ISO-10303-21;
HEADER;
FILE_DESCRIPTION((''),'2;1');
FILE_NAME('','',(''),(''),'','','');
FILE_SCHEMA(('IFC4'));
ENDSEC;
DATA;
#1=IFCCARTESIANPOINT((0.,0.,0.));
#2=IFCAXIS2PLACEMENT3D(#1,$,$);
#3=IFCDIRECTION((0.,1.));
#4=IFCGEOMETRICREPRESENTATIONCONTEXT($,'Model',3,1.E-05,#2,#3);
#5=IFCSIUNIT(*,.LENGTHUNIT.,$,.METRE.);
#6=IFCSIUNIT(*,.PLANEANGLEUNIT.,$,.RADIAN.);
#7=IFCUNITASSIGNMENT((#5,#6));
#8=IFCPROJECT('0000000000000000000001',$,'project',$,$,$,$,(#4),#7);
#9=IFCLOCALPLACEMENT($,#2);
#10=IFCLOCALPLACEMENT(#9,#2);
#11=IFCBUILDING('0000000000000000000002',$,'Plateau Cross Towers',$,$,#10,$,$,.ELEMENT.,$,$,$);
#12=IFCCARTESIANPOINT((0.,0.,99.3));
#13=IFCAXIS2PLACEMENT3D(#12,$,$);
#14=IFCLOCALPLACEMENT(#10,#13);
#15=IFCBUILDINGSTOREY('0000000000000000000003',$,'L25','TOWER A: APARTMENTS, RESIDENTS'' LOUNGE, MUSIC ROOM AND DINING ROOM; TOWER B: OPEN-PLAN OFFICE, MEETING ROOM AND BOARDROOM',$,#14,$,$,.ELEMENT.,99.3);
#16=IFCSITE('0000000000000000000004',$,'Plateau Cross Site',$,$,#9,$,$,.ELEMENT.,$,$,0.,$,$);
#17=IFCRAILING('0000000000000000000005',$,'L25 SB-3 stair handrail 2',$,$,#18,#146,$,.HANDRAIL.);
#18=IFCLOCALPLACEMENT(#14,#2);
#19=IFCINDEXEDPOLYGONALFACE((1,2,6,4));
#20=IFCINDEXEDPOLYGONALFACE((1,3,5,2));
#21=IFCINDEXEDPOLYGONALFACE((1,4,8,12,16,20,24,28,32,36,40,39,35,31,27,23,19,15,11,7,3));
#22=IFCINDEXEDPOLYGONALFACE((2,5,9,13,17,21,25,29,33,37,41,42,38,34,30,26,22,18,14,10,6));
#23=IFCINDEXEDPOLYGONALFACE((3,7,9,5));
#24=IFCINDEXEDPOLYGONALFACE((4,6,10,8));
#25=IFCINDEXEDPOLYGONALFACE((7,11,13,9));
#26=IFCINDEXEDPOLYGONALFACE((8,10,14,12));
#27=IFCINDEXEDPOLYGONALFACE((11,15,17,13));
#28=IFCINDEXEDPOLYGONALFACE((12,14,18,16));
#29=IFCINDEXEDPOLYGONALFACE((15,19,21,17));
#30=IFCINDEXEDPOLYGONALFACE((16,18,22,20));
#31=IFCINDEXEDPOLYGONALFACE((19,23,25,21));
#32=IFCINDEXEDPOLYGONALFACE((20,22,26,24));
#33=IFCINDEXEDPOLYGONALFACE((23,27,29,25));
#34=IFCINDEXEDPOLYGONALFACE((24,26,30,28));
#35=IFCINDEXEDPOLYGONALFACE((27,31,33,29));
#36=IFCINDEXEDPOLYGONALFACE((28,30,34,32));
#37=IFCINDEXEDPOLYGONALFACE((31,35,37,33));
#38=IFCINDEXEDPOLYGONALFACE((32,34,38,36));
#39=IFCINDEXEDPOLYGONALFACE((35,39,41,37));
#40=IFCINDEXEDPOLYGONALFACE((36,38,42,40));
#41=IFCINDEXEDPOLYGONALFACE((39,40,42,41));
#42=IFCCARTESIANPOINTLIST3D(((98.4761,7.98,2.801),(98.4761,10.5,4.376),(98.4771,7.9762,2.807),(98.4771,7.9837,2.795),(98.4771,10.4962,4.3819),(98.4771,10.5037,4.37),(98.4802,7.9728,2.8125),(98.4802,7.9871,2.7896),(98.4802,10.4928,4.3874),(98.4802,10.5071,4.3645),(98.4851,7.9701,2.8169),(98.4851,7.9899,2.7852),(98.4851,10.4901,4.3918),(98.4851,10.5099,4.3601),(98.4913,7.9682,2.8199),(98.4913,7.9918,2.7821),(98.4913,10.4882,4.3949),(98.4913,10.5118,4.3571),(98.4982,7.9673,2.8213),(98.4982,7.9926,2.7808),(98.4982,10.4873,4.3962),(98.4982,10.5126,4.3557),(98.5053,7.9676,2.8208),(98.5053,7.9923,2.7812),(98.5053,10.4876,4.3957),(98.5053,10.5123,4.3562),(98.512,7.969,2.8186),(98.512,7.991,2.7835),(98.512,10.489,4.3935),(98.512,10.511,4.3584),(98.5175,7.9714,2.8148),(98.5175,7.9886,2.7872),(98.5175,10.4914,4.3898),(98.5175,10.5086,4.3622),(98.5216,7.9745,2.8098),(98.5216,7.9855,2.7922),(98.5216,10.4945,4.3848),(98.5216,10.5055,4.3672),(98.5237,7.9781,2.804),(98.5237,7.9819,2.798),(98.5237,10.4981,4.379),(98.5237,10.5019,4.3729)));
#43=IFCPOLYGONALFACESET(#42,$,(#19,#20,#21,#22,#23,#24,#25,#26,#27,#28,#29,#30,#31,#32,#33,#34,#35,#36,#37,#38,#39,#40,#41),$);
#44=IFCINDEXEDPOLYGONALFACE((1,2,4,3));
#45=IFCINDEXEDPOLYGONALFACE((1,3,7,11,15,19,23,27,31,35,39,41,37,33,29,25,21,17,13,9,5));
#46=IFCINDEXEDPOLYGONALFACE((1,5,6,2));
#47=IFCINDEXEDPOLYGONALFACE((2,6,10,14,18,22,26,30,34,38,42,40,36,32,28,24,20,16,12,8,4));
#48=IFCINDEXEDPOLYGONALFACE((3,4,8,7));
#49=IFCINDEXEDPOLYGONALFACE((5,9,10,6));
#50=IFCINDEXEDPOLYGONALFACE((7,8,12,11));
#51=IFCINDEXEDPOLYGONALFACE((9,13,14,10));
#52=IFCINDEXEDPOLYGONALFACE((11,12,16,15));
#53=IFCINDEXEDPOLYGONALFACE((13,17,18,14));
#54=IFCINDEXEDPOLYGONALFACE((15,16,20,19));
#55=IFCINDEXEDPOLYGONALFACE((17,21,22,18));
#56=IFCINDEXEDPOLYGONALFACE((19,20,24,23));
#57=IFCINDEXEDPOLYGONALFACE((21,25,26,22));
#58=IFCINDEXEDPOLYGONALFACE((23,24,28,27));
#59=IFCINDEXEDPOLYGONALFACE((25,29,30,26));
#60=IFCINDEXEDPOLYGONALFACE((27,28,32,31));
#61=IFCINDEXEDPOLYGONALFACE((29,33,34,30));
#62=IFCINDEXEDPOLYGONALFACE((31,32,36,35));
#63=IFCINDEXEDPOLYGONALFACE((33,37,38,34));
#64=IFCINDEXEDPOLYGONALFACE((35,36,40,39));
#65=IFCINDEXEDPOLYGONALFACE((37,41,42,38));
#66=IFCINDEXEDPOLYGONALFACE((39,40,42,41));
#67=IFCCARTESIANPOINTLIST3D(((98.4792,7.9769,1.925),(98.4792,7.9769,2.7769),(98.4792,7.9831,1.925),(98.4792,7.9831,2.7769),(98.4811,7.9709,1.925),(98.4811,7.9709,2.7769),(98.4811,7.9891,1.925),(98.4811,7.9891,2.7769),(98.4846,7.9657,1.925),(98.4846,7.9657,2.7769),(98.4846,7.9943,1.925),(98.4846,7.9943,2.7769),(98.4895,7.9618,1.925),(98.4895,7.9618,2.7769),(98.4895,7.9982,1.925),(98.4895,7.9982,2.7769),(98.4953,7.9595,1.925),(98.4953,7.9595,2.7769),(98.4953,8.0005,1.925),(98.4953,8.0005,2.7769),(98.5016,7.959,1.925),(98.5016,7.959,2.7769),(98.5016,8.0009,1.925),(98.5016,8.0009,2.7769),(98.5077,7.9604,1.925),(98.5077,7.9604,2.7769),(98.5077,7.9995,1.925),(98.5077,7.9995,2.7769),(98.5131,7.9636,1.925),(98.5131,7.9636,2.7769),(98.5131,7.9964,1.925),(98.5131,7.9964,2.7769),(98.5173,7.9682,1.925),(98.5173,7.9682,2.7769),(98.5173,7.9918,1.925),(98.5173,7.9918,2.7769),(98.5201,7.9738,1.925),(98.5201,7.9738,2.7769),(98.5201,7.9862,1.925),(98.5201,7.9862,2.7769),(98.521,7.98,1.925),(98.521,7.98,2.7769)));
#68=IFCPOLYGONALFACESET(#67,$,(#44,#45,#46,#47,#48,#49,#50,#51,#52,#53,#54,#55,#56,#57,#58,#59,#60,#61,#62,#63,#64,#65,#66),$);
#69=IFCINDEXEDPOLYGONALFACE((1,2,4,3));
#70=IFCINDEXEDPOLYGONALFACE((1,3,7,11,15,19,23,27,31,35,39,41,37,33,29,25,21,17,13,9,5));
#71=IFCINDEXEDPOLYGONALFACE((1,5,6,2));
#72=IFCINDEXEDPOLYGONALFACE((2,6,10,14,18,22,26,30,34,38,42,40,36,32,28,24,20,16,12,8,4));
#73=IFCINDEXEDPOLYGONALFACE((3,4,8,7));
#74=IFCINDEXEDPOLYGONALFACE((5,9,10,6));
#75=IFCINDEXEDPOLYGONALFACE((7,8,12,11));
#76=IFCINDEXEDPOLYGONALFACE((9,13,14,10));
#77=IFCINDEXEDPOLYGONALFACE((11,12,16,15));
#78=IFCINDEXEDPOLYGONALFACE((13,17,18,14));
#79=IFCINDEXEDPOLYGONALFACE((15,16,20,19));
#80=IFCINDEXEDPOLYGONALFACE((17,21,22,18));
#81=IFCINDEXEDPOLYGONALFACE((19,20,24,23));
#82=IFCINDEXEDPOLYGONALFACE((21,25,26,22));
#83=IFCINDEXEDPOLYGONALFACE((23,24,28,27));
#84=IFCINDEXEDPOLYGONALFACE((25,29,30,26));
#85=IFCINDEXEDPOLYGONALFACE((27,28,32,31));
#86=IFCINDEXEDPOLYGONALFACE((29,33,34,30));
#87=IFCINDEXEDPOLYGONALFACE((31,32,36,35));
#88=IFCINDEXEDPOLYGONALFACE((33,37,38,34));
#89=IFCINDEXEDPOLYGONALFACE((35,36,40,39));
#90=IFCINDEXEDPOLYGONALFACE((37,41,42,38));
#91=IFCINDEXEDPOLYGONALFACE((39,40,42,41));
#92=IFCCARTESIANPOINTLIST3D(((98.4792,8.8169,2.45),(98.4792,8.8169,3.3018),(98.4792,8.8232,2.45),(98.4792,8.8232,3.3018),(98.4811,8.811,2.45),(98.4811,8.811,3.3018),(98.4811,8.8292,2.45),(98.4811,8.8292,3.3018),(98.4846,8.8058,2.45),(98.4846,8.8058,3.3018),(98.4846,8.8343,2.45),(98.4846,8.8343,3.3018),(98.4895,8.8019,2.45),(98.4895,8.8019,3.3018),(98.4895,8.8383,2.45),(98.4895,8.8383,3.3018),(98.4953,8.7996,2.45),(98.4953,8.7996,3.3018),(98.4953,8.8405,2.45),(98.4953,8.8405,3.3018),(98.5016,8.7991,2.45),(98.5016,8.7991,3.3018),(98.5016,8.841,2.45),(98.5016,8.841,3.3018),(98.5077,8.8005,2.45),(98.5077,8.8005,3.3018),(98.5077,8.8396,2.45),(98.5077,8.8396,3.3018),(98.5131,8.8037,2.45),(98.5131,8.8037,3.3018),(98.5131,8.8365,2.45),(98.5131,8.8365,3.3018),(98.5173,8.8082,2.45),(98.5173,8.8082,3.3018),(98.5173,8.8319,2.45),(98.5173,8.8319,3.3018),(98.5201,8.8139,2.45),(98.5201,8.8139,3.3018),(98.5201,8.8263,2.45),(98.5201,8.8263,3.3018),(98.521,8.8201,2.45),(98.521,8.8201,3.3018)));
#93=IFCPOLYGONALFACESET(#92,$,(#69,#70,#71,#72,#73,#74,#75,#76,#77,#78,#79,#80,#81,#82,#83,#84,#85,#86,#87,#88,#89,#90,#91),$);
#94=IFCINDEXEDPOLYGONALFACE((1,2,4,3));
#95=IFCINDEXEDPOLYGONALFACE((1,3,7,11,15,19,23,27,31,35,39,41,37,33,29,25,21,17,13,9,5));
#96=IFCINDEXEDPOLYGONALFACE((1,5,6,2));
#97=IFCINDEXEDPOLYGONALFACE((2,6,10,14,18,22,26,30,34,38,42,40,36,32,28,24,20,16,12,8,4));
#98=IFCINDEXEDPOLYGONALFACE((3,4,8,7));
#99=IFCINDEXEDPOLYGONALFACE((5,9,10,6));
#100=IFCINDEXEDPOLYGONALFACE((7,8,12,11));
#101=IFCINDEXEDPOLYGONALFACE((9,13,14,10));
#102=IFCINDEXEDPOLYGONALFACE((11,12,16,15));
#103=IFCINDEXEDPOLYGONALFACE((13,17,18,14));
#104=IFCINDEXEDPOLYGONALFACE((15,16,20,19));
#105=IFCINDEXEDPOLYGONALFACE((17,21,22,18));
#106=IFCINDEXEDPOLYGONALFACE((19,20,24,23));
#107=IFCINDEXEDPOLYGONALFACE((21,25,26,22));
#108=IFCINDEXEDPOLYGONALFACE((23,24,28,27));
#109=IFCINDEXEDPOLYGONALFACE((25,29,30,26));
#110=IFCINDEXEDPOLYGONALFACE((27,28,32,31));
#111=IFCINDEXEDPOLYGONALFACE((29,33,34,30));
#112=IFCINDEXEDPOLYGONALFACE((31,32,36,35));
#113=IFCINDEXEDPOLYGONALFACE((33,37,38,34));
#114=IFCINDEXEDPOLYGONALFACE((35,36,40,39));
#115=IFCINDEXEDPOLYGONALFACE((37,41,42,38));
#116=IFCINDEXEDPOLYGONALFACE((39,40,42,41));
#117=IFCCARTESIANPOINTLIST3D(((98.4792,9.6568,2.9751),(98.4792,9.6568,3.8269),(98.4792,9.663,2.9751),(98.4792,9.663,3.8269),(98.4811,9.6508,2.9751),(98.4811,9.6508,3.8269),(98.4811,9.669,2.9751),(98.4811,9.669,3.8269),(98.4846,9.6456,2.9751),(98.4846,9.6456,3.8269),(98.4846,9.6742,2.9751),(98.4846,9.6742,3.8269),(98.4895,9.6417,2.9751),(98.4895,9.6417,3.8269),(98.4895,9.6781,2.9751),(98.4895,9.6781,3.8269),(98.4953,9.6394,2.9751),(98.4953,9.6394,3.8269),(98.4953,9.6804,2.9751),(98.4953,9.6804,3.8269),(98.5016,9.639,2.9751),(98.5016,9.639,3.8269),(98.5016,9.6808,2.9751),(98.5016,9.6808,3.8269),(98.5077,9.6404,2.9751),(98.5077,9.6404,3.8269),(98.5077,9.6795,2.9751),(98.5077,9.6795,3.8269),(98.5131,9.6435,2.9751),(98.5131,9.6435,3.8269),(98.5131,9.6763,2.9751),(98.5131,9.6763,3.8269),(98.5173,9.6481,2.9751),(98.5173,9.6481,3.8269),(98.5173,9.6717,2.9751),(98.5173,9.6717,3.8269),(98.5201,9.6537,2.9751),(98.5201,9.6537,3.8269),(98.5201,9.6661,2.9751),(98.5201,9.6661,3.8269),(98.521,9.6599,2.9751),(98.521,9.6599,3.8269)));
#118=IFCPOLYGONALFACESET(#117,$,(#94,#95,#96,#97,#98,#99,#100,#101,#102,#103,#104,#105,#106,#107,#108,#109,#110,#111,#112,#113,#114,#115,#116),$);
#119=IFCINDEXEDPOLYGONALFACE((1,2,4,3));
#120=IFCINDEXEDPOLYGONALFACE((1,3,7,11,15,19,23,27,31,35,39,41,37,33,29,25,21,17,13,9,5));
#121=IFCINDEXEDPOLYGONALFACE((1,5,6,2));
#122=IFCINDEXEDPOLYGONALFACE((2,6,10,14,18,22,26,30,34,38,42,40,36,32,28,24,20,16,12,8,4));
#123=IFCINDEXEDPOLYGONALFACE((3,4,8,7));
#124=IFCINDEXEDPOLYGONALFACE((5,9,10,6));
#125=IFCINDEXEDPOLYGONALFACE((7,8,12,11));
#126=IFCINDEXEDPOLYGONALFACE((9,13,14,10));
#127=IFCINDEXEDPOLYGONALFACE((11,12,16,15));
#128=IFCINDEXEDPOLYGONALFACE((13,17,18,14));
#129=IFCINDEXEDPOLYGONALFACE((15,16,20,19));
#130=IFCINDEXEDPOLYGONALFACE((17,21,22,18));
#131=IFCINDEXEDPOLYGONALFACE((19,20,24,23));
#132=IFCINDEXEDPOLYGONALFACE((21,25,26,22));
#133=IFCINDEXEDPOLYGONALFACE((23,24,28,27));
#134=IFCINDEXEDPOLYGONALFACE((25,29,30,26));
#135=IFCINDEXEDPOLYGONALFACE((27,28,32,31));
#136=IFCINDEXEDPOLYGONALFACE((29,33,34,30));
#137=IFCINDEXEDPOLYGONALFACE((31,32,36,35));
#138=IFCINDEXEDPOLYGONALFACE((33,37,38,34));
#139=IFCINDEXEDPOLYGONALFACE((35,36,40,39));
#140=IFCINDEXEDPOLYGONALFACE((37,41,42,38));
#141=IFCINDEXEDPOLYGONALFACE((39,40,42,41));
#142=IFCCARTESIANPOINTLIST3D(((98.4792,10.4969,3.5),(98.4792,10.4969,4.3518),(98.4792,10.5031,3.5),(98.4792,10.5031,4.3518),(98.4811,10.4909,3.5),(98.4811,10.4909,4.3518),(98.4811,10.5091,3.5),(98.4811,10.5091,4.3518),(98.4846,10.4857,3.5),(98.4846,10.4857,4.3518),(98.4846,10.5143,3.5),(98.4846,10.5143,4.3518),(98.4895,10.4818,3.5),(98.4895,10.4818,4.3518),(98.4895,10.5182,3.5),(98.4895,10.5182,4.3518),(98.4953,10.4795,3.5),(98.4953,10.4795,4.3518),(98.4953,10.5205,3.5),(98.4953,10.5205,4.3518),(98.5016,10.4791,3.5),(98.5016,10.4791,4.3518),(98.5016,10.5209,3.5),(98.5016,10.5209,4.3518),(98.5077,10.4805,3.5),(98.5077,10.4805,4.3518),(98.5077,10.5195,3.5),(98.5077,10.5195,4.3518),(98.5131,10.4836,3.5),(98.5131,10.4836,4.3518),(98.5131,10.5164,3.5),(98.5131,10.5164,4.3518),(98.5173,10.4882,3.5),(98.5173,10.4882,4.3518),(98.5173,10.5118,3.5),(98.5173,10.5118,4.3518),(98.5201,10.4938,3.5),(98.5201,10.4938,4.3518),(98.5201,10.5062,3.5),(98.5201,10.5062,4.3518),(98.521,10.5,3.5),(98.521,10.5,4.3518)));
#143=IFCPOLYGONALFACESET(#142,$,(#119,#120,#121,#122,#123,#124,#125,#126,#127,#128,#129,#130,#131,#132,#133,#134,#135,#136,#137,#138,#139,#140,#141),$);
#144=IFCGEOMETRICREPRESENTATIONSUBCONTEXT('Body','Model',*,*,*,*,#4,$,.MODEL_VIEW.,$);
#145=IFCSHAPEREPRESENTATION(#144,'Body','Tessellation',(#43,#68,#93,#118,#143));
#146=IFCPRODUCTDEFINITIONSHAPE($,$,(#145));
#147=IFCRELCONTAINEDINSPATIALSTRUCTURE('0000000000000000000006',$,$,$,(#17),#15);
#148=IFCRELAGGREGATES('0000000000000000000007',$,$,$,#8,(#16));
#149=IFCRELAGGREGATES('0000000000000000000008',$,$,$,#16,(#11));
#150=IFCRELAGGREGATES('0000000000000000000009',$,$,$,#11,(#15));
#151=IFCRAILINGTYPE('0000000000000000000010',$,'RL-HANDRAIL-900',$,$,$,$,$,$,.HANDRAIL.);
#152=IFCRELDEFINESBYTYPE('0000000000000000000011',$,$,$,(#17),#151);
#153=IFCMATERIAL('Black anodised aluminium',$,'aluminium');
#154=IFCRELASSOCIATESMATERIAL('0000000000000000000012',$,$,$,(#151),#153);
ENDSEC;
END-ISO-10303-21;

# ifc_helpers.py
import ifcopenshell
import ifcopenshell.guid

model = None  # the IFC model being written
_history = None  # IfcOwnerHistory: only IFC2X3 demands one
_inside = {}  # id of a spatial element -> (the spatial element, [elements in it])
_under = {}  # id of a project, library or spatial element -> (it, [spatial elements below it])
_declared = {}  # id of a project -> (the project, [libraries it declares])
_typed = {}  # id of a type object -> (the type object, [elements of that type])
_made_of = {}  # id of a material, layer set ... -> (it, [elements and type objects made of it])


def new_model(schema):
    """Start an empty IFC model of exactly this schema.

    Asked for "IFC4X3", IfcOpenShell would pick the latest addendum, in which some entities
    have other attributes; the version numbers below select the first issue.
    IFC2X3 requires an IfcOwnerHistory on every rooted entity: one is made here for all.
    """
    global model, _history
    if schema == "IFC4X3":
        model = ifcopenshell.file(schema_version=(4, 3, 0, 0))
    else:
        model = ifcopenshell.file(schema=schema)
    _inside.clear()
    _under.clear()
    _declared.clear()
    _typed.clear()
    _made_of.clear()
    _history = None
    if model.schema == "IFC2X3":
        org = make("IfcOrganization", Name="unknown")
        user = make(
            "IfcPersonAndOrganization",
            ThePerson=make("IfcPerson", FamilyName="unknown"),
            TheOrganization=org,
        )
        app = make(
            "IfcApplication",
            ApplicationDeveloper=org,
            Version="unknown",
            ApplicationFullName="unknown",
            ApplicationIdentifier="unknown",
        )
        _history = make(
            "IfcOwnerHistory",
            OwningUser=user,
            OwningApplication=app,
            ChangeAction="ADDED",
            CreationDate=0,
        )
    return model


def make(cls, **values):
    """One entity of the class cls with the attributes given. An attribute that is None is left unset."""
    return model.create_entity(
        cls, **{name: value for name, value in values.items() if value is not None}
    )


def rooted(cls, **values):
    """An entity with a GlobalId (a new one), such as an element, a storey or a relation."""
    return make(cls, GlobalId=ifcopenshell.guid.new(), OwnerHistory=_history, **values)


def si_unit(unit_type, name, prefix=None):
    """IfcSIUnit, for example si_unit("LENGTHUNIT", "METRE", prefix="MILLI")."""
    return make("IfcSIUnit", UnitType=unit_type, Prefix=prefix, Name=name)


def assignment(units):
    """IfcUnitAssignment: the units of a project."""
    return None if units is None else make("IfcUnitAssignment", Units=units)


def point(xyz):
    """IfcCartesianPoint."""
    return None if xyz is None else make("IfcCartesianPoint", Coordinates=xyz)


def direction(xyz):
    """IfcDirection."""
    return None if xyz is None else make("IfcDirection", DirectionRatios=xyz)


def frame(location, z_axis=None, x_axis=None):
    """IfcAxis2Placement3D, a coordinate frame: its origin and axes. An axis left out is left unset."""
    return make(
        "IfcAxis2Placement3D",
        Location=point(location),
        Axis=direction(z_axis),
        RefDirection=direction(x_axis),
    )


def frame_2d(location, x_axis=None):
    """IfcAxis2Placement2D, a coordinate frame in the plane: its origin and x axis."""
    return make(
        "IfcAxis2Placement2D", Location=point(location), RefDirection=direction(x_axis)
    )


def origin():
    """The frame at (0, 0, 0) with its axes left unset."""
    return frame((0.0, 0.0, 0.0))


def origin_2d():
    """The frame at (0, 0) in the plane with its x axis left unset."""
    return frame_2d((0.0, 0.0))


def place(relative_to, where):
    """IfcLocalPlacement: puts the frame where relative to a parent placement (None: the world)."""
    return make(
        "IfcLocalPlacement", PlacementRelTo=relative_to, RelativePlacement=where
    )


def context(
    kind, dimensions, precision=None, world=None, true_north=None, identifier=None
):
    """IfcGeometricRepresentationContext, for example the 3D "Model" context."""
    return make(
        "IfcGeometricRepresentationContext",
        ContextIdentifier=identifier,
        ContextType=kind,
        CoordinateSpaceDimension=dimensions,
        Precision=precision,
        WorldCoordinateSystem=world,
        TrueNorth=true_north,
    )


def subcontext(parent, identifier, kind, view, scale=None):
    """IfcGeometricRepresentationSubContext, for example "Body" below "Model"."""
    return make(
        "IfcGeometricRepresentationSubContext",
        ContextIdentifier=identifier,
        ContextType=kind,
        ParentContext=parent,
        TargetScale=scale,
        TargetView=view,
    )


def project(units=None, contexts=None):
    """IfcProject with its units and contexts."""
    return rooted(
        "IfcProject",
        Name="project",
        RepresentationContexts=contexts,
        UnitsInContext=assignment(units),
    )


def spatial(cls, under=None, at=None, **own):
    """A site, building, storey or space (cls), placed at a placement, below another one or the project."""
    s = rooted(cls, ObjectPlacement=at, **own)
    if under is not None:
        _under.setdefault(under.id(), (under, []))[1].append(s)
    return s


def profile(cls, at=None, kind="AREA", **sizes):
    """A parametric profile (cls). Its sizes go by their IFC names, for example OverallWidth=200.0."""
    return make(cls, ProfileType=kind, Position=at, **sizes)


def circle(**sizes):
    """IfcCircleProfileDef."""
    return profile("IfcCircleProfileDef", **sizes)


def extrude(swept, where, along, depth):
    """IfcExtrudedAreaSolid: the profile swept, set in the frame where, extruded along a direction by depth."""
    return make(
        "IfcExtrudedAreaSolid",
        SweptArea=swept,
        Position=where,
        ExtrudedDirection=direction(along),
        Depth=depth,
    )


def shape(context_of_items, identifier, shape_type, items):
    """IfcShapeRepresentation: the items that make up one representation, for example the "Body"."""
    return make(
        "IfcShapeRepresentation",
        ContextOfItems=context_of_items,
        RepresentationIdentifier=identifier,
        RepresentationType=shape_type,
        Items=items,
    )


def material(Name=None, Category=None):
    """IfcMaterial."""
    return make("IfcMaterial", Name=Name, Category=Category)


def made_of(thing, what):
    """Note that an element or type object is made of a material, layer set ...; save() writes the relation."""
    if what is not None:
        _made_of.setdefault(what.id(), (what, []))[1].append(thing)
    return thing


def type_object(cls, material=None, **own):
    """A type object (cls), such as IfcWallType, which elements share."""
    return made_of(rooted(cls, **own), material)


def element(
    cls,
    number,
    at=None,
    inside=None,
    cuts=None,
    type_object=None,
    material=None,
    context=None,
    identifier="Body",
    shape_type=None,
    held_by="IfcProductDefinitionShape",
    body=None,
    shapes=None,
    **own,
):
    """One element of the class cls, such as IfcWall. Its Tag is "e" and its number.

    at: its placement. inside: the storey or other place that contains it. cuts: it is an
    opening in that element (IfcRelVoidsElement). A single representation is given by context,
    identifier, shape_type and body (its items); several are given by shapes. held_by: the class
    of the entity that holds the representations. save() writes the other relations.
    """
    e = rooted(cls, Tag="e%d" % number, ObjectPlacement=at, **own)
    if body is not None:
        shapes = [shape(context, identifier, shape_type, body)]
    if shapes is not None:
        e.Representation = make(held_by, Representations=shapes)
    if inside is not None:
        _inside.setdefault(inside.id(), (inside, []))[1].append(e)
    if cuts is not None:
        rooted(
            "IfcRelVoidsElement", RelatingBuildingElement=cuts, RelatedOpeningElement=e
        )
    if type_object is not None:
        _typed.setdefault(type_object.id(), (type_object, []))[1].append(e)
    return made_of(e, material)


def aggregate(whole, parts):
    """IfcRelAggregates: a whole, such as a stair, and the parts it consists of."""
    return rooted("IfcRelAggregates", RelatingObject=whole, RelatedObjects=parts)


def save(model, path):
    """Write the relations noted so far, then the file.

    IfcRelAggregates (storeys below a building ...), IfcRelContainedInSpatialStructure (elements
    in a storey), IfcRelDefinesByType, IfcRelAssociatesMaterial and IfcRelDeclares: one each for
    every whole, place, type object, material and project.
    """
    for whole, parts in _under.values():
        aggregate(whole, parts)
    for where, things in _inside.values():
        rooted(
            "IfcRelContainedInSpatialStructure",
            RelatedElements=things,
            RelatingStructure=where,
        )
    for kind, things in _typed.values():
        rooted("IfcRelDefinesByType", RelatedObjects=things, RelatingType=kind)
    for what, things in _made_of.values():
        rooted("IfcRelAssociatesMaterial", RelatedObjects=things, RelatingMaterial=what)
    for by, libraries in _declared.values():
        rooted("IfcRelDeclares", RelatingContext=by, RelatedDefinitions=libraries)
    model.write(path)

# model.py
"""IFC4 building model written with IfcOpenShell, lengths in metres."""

from ifc_helpers import new_model, si_unit, direction, frame, origin, origin_2d, place, context, subcontext, project, spatial, circle, extrude, material, type_object, element, save


model = new_model("IFC4")

# Units and contexts
model_context = context("Model", 3, precision=1e-05, world=origin(), true_north=direction((0.0, 1.0)))
body_context = subcontext(model_context, "Body", "Model", "MODEL_VIEW")
ifc_project = project(units=[si_unit("LENGTHUNIT", "METRE"), si_unit("PLANEANGLEUNIT", "RADIAN")], contexts=[model_context])

# Site, building, storey
site_placement = place(None, origin())
site = spatial("IfcSite", under=ifc_project, at=site_placement, Name="Plateau Cross Site", CompositionType="ELEMENT", RefElevation=0.0)
building_placement = place(site_placement, origin())
building = spatial("IfcBuilding", under=site, at=building_placement, Name="Plateau Cross Towers", CompositionType="ELEMENT")
storey_placement = place(building_placement, frame((0.0, 0.0, 99.3)))
storey = spatial("IfcBuildingStorey", under=building, at=storey_placement, Name="L25", Description="TOWER A: APARTMENTS, RESIDENTS' LOUNGE, MUSIC ROOM AND DINING ROOM; TOWER B: OPEN-PLAN OFFICE, MEETING ROOM AND BOARDROOM", CompositionType="ELEMENT", Elevation=99.3)

# Shared definitions
ifc_material_1 = material(Name="Black anodised aluminium", Category="aluminium")

# Railing
railing_type_1 = type_object("IfcRailingType", Name="RL-HANDRAIL-900", PredefinedType="HANDRAIL", material=ifc_material_1)
railing_1_placement = place(storey_placement, frame((98.5, 7.98, 1.925)))
element("IfcRailing", 1, at=railing_1_placement, inside=storey, type_object=railing_type_1, Name="L25 SB-3 stair handrail 2", PredefinedType="HANDRAIL", context=body_context, shape_type="SweptSolid", body=[
    extrude(circle(Radius=0.0239, at=origin_2d()), frame((0.0, 0.0, 0.876), z_axis=(0.0, 0.848008, 0.529984), x_axis=(-1.0, 0.0, 0.0)), (0.0, 0.0, 1.0), 2.9717),
    extrude(circle(Radius=0.021, at=origin_2d()), origin(), (0.0, 0.0, 1.0), 0.8518),
    extrude(circle(Radius=0.021, at=origin_2d()), frame((0.0, 0.8401, 0.5249)), (0.0, 0.0, 1.0), 0.8518),
    extrude(circle(Radius=0.021, at=origin_2d()), frame((0.0, 1.6799, 1.05)), (0.0, 0.0, 1.0), 0.8518),
    extrude(circle(Radius=0.021, at=origin_2d()), frame((0.0, 2.52, 1.575)), (0.0, 0.0, 1.0), 0.8518),
])

save(model, "model.ifc")
